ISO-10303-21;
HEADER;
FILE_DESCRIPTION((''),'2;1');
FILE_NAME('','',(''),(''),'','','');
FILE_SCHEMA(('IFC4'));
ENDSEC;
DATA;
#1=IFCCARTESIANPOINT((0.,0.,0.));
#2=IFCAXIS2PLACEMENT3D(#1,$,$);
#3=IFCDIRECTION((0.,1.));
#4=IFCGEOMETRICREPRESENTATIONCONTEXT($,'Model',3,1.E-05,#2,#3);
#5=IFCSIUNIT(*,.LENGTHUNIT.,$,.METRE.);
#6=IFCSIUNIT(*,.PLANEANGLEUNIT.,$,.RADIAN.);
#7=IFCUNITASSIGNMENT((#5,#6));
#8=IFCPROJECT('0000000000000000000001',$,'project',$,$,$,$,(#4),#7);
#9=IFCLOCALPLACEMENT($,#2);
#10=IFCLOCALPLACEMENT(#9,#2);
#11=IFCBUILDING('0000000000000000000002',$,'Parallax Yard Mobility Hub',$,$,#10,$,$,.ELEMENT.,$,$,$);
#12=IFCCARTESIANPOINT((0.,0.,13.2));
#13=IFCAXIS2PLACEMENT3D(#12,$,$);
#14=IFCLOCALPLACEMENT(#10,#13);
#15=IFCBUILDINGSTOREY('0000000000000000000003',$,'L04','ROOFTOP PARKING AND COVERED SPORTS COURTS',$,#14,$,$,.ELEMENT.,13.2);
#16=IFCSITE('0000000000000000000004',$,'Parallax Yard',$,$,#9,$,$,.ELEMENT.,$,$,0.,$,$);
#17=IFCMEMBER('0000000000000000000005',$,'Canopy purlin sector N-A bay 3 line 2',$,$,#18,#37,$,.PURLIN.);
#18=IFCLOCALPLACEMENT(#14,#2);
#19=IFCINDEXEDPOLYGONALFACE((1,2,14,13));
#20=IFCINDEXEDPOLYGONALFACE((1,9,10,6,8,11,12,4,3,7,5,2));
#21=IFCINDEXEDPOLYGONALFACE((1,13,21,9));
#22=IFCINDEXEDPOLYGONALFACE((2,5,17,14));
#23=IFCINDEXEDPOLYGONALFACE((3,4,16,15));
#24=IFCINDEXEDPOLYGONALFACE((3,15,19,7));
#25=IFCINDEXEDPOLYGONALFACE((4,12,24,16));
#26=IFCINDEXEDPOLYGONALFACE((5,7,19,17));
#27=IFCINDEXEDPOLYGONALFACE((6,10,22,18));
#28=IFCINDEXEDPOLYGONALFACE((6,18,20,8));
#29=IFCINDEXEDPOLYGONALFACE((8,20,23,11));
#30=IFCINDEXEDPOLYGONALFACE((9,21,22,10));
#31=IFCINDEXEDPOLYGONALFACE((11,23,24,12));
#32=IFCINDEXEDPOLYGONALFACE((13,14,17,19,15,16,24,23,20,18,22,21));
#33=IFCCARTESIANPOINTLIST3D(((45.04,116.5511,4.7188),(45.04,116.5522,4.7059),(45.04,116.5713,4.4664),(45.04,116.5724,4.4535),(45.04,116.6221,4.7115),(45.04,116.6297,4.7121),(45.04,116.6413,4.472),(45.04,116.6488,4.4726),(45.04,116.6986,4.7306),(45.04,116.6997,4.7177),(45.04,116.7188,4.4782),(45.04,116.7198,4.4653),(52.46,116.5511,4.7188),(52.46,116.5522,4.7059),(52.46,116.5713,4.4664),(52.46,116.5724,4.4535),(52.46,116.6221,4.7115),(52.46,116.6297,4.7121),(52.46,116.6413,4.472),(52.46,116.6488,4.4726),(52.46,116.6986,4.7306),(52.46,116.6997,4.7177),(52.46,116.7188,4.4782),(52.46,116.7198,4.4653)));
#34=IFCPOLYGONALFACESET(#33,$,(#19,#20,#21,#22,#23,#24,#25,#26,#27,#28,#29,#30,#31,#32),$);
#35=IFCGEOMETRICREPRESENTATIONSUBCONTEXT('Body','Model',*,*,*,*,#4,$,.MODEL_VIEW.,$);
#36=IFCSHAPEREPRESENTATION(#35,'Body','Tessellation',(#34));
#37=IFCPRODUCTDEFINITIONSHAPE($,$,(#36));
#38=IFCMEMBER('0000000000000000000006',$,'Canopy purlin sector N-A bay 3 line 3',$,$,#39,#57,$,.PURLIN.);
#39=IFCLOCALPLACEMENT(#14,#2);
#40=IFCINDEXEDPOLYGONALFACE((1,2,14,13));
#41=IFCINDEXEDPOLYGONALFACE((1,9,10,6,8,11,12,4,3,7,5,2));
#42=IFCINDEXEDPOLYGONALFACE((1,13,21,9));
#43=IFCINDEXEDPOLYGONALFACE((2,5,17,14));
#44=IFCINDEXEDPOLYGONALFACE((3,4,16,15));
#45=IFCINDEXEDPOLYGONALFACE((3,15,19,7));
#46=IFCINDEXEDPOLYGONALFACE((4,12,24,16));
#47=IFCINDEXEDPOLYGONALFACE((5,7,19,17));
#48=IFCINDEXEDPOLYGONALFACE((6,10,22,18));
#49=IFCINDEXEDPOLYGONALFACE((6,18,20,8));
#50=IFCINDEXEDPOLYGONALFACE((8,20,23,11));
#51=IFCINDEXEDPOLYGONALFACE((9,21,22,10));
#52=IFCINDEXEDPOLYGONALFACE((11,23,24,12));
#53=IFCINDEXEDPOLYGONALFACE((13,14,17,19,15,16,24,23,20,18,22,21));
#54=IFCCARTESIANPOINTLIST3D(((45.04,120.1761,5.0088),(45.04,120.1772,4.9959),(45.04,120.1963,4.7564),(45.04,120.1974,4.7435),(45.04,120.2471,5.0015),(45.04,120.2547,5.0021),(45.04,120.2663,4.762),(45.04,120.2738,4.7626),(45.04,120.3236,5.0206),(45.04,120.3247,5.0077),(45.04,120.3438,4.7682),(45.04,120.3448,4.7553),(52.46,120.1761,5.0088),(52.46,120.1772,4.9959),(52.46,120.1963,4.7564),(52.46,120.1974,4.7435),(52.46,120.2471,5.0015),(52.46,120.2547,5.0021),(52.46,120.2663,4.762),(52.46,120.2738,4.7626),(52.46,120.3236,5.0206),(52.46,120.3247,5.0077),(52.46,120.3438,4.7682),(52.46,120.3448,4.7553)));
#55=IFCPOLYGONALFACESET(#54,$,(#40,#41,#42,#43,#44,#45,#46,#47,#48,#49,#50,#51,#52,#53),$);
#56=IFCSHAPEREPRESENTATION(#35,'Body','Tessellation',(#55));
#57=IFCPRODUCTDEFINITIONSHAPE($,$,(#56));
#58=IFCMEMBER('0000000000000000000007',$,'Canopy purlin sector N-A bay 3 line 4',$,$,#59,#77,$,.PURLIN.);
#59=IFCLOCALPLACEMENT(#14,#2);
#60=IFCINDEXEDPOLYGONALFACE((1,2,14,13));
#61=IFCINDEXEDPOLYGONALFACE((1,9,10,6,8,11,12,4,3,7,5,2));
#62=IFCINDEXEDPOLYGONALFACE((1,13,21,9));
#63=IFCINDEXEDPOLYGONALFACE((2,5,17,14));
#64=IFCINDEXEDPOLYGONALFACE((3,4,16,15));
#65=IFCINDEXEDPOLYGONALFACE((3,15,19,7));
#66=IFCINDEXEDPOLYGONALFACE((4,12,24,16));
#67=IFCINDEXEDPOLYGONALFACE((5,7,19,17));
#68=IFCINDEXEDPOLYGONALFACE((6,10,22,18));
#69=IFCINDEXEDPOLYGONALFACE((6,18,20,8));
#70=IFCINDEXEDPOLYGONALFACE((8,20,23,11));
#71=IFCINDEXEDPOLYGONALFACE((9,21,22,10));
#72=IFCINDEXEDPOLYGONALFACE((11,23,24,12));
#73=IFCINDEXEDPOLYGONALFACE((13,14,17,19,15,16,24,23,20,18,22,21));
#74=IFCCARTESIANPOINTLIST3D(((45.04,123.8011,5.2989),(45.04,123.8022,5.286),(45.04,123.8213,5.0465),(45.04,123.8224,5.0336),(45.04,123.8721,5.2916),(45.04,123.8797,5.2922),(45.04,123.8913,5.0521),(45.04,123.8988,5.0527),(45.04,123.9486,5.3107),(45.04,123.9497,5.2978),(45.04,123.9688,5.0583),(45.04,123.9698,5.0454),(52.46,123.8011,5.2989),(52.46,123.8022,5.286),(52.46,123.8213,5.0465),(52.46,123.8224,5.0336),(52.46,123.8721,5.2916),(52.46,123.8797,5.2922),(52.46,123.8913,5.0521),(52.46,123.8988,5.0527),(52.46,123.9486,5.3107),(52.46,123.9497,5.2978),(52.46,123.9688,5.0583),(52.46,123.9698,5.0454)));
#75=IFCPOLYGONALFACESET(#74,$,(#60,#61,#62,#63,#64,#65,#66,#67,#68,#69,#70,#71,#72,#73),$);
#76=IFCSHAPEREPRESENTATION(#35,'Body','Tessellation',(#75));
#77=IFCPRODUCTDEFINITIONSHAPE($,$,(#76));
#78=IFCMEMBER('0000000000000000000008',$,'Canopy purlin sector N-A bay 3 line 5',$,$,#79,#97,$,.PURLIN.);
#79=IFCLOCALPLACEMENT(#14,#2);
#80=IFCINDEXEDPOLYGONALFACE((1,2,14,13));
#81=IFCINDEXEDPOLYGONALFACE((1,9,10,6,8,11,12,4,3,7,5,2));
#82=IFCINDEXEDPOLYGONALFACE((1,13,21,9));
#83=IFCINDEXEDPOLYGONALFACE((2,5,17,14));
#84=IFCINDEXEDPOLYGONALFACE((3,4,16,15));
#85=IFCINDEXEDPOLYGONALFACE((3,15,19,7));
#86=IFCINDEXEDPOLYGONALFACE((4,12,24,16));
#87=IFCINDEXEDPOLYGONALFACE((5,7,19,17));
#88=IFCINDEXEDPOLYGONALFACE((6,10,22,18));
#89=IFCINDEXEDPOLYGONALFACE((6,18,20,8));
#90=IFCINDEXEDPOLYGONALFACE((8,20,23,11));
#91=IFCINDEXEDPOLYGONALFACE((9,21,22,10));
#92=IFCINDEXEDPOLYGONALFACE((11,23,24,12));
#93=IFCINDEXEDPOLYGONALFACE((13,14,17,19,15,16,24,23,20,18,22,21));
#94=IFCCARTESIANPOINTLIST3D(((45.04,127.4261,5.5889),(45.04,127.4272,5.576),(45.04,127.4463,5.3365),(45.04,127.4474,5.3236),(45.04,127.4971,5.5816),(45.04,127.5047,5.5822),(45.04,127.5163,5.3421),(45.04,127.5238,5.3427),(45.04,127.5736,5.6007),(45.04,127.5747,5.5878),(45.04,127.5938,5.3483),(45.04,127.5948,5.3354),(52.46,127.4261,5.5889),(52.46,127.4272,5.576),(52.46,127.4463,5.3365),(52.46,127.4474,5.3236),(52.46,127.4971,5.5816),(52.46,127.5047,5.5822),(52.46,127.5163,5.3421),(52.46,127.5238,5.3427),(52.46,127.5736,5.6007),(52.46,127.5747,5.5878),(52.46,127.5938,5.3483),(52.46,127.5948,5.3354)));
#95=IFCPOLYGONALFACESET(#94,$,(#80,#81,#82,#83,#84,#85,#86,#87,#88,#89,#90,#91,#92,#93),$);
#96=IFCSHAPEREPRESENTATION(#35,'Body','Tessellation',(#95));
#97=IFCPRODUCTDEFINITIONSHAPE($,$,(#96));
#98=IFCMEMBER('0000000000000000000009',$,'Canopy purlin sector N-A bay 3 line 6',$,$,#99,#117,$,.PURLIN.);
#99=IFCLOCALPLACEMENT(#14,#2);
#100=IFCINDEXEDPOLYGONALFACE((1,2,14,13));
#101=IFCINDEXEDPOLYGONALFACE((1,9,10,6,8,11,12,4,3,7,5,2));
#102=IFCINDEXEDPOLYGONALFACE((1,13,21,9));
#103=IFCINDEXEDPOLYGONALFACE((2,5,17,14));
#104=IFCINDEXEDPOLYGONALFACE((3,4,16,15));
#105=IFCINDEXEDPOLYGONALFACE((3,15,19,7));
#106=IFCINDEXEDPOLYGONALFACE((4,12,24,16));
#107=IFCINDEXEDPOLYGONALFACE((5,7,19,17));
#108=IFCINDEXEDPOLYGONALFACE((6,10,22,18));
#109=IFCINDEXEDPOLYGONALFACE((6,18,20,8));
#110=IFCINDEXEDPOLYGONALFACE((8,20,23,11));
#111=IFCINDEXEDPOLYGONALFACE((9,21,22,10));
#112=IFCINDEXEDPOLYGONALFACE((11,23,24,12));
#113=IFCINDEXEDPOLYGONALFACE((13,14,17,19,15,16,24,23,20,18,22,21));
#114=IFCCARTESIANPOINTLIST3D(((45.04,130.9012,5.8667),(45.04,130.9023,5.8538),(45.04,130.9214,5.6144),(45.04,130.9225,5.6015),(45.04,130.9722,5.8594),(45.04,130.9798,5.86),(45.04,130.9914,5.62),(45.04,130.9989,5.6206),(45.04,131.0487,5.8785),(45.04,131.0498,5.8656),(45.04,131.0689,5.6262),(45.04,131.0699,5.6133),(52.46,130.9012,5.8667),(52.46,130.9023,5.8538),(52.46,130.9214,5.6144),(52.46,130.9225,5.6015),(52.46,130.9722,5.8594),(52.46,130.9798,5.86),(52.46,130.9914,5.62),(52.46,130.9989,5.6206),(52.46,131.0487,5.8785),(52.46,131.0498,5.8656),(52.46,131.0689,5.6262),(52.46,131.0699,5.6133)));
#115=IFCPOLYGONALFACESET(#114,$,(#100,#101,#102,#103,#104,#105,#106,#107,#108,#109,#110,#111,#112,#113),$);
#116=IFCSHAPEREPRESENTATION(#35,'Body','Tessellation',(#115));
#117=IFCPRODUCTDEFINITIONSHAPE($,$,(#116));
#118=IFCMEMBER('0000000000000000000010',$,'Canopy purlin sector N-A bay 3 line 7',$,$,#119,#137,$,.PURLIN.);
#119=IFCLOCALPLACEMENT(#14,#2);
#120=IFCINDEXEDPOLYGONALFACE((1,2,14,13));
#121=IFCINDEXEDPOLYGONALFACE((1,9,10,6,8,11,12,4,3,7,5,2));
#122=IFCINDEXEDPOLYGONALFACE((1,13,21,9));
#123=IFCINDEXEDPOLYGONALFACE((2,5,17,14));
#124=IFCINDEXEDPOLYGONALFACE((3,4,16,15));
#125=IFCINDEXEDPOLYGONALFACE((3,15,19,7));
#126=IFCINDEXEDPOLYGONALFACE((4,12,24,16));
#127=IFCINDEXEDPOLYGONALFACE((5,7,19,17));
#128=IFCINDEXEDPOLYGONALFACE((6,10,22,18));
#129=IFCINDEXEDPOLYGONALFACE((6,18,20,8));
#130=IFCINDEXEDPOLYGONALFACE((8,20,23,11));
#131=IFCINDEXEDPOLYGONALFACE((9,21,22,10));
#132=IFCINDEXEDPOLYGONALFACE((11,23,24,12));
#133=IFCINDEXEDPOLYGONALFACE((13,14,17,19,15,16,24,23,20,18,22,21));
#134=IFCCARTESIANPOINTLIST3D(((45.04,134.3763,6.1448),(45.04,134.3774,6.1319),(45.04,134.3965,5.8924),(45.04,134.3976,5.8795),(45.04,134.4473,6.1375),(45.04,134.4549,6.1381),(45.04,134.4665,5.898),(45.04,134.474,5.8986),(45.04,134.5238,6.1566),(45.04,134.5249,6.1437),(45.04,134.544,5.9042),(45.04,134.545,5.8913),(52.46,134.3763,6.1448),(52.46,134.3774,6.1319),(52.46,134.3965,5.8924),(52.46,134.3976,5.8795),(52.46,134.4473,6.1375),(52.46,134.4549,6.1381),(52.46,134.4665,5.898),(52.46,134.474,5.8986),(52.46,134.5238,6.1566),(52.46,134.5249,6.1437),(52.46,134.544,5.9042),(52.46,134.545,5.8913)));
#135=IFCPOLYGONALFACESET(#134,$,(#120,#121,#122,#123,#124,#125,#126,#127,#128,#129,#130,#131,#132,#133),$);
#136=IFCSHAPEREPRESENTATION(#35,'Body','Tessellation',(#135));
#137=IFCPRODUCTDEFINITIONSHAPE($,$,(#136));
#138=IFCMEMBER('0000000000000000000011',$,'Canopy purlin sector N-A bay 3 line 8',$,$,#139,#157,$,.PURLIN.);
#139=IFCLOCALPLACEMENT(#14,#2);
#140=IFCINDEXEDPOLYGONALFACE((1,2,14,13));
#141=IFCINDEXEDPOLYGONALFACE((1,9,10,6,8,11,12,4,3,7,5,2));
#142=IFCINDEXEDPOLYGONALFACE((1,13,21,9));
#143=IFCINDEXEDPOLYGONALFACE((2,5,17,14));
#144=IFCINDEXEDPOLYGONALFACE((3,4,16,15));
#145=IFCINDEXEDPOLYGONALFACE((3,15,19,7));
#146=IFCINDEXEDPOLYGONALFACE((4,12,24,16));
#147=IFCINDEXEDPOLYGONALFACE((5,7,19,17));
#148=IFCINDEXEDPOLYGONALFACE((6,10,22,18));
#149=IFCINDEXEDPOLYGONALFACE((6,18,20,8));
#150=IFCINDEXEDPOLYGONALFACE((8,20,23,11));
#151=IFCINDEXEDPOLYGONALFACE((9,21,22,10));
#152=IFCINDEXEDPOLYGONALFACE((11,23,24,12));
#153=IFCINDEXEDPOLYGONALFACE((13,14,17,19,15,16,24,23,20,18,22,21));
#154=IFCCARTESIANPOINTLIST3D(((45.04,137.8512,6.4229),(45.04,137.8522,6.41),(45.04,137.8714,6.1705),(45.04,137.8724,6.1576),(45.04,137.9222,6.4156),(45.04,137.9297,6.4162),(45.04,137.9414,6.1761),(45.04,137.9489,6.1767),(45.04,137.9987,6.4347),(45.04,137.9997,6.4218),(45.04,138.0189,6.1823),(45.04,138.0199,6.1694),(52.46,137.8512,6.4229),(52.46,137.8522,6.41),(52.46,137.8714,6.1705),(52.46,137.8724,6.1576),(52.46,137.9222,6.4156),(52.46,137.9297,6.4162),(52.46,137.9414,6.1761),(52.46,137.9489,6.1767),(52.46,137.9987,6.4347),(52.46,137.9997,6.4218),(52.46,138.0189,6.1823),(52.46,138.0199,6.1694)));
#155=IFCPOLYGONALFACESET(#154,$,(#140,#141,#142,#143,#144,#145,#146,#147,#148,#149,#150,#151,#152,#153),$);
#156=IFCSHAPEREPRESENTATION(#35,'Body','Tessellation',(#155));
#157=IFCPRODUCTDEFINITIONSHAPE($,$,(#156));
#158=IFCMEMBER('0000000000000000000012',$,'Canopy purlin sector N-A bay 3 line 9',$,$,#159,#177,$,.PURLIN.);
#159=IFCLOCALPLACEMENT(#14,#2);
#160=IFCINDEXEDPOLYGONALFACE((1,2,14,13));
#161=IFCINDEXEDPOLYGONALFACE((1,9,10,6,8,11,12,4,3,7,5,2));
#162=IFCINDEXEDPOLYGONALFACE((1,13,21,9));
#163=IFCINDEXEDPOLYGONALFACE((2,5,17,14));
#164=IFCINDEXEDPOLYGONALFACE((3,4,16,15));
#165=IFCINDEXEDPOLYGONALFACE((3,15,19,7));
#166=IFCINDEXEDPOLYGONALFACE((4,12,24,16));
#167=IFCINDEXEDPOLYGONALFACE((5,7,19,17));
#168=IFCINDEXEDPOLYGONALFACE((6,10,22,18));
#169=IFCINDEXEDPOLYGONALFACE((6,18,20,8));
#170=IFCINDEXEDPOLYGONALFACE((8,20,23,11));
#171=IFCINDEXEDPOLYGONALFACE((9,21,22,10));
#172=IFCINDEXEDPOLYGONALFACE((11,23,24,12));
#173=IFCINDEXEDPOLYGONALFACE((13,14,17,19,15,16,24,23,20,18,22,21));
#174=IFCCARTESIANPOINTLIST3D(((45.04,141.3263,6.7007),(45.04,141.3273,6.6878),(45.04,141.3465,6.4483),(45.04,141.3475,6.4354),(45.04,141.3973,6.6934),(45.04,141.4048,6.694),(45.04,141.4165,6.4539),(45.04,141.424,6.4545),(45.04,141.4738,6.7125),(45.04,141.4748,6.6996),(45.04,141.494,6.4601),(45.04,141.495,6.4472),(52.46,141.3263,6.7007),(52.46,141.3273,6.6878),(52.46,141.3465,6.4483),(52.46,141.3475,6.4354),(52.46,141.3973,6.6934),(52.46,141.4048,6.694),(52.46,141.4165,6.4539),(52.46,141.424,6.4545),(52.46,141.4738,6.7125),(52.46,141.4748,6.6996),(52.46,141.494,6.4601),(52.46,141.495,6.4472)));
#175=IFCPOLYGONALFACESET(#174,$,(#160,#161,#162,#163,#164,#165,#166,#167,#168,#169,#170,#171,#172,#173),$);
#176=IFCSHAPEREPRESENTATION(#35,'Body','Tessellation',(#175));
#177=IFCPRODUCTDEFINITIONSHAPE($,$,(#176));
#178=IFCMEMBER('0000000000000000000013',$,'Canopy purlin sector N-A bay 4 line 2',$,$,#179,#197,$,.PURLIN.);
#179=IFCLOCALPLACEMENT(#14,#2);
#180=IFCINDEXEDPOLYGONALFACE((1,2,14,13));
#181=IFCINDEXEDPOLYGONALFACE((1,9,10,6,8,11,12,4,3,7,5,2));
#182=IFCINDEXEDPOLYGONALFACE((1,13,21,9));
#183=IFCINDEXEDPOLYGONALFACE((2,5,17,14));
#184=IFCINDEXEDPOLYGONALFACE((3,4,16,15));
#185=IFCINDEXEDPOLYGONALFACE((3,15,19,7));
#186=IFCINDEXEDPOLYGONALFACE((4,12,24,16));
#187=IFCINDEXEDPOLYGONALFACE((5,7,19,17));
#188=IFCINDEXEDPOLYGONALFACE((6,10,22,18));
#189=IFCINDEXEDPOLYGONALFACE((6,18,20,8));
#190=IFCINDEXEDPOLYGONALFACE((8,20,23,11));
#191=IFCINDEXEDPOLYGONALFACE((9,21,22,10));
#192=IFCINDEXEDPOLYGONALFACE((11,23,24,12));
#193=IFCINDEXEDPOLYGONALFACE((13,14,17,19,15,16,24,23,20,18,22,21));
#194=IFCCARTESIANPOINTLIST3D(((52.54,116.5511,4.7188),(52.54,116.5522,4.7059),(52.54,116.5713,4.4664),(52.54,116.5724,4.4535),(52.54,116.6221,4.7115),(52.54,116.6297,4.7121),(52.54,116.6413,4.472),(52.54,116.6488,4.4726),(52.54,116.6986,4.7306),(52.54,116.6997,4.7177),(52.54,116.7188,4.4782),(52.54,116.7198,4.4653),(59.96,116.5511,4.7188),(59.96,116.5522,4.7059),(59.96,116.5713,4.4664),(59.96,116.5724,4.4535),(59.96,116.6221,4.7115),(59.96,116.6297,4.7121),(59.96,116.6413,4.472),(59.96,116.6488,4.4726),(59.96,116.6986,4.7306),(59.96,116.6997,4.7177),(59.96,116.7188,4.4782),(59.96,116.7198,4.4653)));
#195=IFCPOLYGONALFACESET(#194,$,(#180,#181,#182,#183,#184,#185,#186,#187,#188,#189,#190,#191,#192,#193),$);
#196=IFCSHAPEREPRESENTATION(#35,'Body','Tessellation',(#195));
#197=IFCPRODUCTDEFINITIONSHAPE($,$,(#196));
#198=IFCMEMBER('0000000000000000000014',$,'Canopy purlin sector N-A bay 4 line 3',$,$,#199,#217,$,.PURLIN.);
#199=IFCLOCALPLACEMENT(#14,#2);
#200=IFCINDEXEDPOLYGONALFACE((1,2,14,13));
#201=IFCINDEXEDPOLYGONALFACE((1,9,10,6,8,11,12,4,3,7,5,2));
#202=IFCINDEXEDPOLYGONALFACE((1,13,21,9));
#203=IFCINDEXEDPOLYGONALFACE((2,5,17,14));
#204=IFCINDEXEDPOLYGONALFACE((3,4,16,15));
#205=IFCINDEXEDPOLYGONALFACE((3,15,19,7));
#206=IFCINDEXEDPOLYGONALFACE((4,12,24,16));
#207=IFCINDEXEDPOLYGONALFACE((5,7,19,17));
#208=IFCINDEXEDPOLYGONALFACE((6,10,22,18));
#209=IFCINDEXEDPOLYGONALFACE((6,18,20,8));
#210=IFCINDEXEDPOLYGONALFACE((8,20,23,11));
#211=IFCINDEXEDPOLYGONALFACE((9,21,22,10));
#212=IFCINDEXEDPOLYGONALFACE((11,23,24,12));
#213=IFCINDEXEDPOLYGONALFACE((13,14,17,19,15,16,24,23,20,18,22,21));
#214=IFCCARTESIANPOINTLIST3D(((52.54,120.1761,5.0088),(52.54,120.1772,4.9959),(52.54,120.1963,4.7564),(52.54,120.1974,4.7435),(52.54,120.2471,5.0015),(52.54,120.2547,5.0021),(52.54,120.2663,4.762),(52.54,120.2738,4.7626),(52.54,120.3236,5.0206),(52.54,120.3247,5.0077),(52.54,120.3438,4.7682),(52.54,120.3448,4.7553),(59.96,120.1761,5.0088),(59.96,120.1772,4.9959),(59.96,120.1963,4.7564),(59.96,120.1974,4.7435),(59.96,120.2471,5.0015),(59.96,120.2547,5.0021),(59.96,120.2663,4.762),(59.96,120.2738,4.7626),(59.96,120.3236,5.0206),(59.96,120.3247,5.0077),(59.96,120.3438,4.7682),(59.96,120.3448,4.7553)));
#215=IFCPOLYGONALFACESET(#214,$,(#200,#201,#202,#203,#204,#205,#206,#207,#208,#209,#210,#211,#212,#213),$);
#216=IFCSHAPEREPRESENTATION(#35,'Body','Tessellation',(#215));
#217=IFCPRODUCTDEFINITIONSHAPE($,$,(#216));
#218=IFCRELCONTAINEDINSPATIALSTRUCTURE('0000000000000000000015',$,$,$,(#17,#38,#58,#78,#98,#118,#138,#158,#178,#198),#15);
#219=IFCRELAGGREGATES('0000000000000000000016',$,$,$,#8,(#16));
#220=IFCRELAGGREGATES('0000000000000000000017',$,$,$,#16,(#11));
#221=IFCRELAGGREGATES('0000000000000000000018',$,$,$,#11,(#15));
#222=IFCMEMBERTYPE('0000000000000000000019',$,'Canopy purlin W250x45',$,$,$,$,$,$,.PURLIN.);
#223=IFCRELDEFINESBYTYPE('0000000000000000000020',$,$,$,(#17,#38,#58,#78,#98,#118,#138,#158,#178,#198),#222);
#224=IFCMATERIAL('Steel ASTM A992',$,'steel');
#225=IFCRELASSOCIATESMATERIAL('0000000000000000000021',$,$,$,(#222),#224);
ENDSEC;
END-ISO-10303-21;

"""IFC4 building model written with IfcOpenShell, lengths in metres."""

from ifc_helpers import new_model, si_unit, direction, frame, origin, origin_2d, place, context, subcontext, project, spatial, i_section, extrude, material, material_profile, profile_set, type_object, element, save


model = new_model("IFC4")

# Units and contexts
model_context = context("Model", 3, precision=1e-05, world=origin(), true_north=direction((0.0, 1.0)))
body_context = subcontext(model_context, "Body", "Model", "MODEL_VIEW")
ifc_project = project(units=[si_unit("LENGTHUNIT", "METRE"), si_unit("PLANEANGLEUNIT", "RADIAN")], contexts=[model_context])

# Site, building, storey
site_placement = place(None, origin())
site = spatial("IfcSite", under=ifc_project, at=site_placement, Name="Parallax Yard", CompositionType="ELEMENT", RefElevation=0.0)
building_placement = place(site_placement, origin())
building = spatial("IfcBuilding", under=site, at=building_placement, Name="Parallax Yard Mobility Hub", CompositionType="ELEMENT")
storey_placement = place(building_placement, frame((0.0, 0.0, 13.2)))
storey = spatial("IfcBuildingStorey", under=building, at=storey_placement, Name="L04", Description="ROOFTOP PARKING AND COVERED SPORTS COURTS", CompositionType="ELEMENT", Elevation=13.2)

# Members
ifc_material_1 = material(Name="Steel ASTM A992", Category="steel")
ifc_material_profile_1 = material_profile(ifc_material_1, i_section(OverallWidth=0.1479, OverallDepth=0.2661, WebThickness=0.0076, FlangeThickness=0.0129, at=origin_2d()), Name="W250x45")
ifc_profile_set_1 = profile_set([ifc_material_profile_1], Name="Steel ASTM A992")
member_type_1 = type_object("IfcMemberType", Name="Canopy purlin W250x45", PredefinedType="PURLIN", material=ifc_profile_set_1)
for number, where, z_axis, x_axis, name in (
    (1, (45.04, 116.6355, 4.592), (1.0, 0.0, 0.0), (0.0, 0.996815, 0.079745), "Canopy purlin sector N-A bay 3 line 2"),
    (2, (45.04, 120.2605, 4.8821), (1.0, 0.0, 0.0), (0.0, 0.996815, 0.079745), "Canopy purlin sector N-A bay 3 line 3"),
    (3, (45.04, 123.8855, 5.1721), (1.0, 0.0, 0.0), (0.0, 0.996815, 0.079745), "Canopy purlin sector N-A bay 3 line 4"),
    (4, (45.04, 127.5105, 5.4622), (1.0, 0.0, 0.0), (0.0, 0.996815, 0.079745), "Canopy purlin sector N-A bay 3 line 5"),
    (5, (45.04, 130.9856, 5.74), (1.0, 0.0, 0.0), (0.0, 0.996815, 0.079745), "Canopy purlin sector N-A bay 3 line 6"),
    (6, (45.04, 134.4607, 6.0181), (1.0, 0.0, 0.0), (0.0, 0.996815, 0.079745), "Canopy purlin sector N-A bay 3 line 7"),
    (7, (45.04, 137.9355, 6.2961), (1.0, 0.0, 0.0), (0.0, 0.996815, 0.079745), "Canopy purlin sector N-A bay 3 line 8"),
    (8, (45.04, 141.4106, 6.574), (1.0, 0.0, 0.0), (0.0, 0.996815, 0.079745), "Canopy purlin sector N-A bay 3 line 9"),
    (9, (52.54, 116.6355, 4.592), (1.0, 0.0, 0.0), (0.0, 0.996815, 0.079745), "Canopy purlin sector N-A bay 4 line 2"),
    (10, (52.54, 120.2605, 4.8821), (1.0, 0.0, 0.0), (0.0, 0.996815, 0.079745), "Canopy purlin sector N-A bay 4 line 3"),
):
    element("IfcMember", number, at=place(storey_placement, frame(where, z_axis=z_axis, x_axis=x_axis)), inside=storey, type_object=member_type_1, Name=name, PredefinedType="PURLIN", context=body_context, shape_type="SweptSolid", body=[
        extrude(i_section(OverallWidth=0.1479, OverallDepth=0.2661, WebThickness=0.0076, FlangeThickness=0.0129, at=origin_2d()), origin(), (0.0, 0.0, 1.0), 7.4199),
    ])

save(model, "model.ifc")
